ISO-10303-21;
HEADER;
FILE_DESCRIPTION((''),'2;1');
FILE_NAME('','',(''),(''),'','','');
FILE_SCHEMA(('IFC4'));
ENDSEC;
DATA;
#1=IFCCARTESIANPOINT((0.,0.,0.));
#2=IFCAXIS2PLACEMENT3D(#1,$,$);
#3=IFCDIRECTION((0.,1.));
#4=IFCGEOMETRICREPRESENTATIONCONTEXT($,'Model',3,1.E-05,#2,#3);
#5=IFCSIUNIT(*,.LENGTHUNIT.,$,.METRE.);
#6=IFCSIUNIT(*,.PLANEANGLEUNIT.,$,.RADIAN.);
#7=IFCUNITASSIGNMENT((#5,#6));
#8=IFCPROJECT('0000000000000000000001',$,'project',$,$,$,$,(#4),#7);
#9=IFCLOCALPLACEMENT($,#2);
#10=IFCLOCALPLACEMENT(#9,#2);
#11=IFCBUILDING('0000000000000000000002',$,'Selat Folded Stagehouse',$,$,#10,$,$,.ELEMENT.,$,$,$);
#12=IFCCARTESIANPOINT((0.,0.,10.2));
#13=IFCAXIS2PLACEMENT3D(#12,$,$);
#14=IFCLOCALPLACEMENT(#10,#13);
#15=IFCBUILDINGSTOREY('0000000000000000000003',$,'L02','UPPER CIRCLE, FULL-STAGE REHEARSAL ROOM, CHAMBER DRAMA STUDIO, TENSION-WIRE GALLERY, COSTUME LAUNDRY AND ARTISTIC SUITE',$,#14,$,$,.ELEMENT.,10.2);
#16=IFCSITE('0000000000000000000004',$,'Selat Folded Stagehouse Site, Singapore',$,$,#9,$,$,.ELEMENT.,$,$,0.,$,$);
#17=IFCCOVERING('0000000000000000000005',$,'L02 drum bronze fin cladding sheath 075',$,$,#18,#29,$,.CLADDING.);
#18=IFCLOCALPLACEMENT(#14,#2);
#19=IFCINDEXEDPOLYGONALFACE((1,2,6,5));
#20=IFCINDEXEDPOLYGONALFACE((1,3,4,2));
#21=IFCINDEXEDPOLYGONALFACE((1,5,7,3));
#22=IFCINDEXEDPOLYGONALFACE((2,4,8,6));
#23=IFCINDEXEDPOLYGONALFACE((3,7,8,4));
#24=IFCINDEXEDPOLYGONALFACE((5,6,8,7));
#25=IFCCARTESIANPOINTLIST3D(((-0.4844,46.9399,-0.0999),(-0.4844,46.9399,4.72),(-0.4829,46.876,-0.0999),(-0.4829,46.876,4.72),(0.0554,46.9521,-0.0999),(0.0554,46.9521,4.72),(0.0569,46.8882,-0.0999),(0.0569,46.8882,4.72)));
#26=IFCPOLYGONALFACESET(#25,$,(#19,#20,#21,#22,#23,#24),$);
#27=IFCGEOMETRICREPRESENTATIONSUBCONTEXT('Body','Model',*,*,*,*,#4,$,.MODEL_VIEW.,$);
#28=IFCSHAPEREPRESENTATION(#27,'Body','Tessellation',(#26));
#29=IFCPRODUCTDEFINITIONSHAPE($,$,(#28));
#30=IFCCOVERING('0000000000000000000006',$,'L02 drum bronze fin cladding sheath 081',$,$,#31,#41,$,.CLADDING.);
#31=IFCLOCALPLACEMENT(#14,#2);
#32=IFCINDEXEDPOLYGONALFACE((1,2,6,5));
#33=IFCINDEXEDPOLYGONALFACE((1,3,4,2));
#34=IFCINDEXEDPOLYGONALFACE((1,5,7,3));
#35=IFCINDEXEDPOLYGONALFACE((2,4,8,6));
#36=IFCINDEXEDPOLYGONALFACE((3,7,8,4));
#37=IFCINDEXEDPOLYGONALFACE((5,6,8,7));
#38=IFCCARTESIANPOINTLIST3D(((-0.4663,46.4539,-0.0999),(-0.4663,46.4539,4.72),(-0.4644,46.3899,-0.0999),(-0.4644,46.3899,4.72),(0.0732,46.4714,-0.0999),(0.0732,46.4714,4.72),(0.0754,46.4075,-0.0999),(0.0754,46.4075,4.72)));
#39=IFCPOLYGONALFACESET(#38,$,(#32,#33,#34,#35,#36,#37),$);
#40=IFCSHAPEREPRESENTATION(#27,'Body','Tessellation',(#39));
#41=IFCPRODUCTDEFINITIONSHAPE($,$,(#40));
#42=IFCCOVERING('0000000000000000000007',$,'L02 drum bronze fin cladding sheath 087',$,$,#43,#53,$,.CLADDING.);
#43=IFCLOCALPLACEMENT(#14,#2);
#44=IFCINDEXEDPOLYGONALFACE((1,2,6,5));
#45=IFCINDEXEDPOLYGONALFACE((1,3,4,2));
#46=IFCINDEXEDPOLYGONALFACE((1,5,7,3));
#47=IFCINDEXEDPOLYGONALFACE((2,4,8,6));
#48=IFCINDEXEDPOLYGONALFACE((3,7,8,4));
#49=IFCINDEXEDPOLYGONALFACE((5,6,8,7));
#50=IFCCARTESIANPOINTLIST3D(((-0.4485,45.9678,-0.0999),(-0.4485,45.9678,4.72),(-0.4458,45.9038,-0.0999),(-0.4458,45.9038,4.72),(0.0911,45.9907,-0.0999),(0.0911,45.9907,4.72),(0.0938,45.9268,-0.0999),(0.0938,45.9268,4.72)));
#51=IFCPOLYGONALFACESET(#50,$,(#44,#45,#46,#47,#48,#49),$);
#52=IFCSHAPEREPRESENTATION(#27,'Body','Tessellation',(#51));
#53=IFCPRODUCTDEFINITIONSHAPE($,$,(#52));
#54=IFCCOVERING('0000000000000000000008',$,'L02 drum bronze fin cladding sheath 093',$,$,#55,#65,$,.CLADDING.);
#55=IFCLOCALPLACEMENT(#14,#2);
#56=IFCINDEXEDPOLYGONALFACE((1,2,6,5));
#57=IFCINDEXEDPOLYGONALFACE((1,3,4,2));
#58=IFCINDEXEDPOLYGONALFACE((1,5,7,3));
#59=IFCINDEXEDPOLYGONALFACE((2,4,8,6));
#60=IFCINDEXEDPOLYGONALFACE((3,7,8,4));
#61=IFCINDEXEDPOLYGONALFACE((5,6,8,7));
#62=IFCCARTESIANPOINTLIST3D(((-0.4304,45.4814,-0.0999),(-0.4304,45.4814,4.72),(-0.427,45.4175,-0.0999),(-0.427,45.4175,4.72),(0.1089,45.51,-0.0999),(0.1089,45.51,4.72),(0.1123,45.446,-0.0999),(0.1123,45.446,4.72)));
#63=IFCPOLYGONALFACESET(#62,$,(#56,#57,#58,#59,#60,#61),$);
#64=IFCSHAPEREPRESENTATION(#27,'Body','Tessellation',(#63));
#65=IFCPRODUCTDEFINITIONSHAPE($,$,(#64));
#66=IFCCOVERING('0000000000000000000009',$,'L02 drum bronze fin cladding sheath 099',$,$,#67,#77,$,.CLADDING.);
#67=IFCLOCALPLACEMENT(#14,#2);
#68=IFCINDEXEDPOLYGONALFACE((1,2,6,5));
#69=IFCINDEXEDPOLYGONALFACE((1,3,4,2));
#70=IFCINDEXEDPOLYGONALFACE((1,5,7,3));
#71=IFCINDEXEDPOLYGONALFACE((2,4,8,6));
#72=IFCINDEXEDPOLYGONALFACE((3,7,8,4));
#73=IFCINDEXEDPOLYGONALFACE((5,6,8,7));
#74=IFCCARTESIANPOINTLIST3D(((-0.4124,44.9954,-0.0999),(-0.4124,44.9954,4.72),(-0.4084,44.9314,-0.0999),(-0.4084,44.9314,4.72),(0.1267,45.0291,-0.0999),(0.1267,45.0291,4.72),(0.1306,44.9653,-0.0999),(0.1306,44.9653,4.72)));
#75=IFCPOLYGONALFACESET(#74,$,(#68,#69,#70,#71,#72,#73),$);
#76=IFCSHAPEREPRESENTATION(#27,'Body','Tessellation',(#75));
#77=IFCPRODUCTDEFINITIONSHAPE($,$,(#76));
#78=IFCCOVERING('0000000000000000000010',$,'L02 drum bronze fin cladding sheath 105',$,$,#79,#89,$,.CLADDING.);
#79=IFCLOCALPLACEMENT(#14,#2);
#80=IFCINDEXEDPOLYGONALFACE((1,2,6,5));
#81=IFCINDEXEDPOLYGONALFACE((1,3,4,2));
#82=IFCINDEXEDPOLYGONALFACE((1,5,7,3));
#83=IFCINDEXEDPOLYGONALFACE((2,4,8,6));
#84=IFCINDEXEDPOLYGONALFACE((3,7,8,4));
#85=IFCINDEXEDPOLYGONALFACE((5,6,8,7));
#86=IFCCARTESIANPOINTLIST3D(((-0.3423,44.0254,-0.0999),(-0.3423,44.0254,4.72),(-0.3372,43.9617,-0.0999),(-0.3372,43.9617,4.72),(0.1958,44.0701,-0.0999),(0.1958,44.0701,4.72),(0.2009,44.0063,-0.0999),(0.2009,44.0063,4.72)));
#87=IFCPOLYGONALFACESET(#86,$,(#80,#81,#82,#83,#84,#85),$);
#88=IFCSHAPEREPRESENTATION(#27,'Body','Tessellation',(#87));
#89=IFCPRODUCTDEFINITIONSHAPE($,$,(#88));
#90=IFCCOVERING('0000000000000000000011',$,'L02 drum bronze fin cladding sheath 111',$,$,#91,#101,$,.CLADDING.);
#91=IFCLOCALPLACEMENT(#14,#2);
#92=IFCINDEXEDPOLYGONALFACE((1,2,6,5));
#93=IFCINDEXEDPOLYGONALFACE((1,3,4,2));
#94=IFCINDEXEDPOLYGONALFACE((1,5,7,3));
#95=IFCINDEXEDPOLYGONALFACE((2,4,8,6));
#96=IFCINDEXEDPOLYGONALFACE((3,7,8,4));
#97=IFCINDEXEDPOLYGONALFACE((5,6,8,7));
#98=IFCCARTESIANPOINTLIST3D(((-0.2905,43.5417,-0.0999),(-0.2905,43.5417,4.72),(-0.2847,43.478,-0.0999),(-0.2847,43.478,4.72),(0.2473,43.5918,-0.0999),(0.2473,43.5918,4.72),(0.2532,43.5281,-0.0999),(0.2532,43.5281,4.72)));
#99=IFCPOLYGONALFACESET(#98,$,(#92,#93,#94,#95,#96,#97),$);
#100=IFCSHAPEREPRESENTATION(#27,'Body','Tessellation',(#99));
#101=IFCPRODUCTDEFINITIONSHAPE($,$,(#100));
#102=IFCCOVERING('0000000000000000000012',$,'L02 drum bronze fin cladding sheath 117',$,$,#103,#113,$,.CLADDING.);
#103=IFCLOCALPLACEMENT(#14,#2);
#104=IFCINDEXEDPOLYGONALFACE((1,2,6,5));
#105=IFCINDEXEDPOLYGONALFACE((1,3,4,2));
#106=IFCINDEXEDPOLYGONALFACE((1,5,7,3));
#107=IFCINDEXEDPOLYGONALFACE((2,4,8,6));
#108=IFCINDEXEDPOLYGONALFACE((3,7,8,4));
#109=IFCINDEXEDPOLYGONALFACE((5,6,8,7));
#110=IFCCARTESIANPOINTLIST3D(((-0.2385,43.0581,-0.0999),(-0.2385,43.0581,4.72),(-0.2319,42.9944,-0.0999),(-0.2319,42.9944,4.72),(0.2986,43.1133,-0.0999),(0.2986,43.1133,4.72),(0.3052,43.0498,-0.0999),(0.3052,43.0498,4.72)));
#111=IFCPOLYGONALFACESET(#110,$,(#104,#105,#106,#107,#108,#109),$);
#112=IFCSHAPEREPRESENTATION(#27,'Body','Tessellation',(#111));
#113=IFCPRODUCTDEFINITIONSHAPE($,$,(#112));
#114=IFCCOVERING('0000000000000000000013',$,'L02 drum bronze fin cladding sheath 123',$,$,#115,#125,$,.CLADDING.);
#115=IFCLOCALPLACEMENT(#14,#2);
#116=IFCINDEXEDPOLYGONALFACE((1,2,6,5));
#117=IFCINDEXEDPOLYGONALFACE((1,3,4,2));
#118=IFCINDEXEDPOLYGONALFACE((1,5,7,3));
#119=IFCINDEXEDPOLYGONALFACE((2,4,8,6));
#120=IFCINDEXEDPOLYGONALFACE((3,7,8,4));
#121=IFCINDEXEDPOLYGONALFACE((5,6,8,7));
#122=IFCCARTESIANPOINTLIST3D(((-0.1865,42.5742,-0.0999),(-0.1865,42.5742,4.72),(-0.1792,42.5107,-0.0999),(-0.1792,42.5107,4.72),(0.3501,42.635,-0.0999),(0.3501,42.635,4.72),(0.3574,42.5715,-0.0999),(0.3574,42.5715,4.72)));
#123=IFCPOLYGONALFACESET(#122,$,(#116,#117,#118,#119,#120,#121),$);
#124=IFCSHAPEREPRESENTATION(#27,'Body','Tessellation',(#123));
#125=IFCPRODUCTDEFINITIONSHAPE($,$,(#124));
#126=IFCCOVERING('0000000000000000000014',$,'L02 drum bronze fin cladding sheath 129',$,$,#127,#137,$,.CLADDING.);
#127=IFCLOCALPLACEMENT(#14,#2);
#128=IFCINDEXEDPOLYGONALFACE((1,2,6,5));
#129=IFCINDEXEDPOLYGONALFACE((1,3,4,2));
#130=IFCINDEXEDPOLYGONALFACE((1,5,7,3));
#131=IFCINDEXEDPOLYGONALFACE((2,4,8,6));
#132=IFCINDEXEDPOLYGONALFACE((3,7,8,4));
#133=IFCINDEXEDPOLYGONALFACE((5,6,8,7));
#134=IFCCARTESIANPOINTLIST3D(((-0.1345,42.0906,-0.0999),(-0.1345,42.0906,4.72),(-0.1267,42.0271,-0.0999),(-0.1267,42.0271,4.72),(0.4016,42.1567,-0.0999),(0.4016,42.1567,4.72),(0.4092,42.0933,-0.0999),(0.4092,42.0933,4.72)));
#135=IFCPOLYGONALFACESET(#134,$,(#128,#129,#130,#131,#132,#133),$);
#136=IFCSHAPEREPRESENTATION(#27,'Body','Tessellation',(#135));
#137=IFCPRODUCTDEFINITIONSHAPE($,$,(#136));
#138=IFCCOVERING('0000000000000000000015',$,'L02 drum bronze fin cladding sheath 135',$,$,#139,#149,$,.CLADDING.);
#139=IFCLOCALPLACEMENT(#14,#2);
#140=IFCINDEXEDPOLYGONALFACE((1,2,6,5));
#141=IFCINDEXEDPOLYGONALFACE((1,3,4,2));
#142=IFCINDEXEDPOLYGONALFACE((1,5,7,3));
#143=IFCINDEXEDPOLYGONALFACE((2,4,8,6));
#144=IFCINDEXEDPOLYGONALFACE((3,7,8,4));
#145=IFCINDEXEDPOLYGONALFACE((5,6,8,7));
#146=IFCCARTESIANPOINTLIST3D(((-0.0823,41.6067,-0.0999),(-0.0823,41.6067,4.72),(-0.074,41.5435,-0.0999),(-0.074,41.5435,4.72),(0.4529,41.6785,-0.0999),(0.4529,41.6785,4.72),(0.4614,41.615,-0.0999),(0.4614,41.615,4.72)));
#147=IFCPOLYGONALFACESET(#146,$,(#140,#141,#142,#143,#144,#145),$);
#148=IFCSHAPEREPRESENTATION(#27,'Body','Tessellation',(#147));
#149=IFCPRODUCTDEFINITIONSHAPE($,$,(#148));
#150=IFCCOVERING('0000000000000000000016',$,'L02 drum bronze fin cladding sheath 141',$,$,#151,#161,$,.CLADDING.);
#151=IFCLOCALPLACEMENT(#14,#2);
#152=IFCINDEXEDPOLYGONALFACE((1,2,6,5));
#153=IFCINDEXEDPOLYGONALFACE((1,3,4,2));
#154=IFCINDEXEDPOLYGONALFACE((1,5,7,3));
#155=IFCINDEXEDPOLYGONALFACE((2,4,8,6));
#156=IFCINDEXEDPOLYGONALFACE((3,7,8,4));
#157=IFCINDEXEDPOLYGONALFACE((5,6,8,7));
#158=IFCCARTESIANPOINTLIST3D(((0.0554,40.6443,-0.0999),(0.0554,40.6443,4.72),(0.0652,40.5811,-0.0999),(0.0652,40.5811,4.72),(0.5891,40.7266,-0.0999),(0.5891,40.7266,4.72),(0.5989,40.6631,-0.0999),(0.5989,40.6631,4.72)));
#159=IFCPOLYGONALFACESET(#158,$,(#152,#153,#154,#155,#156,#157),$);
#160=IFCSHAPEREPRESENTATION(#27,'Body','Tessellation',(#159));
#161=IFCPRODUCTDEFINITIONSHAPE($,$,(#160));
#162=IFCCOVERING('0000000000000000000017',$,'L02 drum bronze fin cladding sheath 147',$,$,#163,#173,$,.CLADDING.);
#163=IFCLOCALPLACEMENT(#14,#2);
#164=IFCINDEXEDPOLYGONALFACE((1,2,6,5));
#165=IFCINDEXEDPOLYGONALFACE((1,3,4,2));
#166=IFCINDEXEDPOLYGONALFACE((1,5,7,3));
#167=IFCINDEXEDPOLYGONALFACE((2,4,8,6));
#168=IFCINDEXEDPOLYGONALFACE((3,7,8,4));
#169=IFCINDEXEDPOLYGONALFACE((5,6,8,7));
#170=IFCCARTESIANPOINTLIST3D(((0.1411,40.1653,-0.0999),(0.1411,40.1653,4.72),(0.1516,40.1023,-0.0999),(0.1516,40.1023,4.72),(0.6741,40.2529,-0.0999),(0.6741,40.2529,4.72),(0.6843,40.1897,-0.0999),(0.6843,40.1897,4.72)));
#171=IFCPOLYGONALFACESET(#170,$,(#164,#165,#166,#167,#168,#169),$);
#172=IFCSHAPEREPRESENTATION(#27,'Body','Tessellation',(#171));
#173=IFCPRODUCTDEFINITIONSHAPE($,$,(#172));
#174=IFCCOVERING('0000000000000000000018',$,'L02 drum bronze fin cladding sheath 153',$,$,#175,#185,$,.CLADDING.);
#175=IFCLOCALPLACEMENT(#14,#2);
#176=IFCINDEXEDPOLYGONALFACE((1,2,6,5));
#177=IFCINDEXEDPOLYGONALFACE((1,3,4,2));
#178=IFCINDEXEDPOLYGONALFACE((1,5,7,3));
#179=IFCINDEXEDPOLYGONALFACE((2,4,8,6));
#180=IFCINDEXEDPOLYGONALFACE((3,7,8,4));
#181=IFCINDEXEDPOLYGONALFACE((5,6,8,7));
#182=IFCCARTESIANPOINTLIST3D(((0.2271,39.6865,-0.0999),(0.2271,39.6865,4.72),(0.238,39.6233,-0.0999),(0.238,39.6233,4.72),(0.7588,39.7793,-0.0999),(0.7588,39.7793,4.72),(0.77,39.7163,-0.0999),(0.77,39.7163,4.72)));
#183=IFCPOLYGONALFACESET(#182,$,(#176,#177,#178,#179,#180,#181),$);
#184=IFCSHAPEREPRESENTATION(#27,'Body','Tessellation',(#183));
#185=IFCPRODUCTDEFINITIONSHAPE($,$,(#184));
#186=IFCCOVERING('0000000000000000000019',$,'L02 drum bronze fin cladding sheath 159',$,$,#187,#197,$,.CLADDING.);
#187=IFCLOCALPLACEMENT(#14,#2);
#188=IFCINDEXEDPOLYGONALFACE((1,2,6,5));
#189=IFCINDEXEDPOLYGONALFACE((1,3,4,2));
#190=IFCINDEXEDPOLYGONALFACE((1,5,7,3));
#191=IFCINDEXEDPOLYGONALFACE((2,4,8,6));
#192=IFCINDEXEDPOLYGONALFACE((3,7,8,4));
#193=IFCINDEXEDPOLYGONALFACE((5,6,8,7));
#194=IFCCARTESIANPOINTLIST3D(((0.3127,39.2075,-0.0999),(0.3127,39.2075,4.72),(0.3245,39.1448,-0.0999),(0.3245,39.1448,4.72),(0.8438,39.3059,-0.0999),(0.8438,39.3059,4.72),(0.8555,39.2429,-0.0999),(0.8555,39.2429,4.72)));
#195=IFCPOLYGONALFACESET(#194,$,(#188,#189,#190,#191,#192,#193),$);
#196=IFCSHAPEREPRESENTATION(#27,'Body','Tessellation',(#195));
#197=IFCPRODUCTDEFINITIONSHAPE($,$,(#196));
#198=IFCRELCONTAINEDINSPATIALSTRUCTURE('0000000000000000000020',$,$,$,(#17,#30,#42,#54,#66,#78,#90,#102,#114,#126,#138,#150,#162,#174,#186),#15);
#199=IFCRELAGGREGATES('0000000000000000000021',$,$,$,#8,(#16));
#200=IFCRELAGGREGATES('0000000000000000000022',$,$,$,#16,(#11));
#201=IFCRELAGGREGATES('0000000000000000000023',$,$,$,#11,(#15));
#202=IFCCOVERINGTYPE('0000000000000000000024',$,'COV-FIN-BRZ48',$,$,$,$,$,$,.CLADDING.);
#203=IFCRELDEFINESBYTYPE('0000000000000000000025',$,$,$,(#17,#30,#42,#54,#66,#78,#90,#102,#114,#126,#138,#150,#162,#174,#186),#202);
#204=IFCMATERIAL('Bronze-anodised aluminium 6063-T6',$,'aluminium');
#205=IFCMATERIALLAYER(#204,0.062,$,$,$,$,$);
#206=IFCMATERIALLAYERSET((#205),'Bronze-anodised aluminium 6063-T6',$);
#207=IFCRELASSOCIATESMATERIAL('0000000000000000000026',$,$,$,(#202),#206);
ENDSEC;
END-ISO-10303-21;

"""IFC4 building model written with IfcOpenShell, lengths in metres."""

from ifc_helpers import new_model, si_unit, direction, frame, origin, place, context, subcontext, project, spatial, polyline, outline, extrude, material, layer, layer_set, type_object, element, save


model = new_model("IFC4")

# Units and contexts
model_context = context("Model", 3, precision=1e-05, world=origin(), true_north=direction((0.0, 1.0)))
body_context = subcontext(model_context, "Body", "Model", "MODEL_VIEW")
ifc_project = project(units=[si_unit("LENGTHUNIT", "METRE"), si_unit("PLANEANGLEUNIT", "RADIAN")], contexts=[model_context])

# Site, building, storey
site_placement = place(None, origin())
site = spatial("IfcSite", under=ifc_project, at=site_placement, Name="Selat Folded Stagehouse Site, Singapore", CompositionType="ELEMENT", RefElevation=0.0)
building_placement = place(site_placement, origin())
building = spatial("IfcBuilding", under=site, at=building_placement, Name="Selat Folded Stagehouse", CompositionType="ELEMENT")
storey_placement = place(building_placement, frame((0.0, 0.0, 10.2)))
storey = spatial("IfcBuildingStorey", under=building, at=storey_placement, Name="L02", Description="UPPER CIRCLE, FULL-STAGE REHEARSAL ROOM, CHAMBER DRAMA STUDIO, TENSION-WIRE GALLERY, COSTUME LAUNDRY AND ARTISTIC SUITE", CompositionType="ELEMENT", Elevation=10.2)

# Coverings
ifc_material = material(Name="Bronze-anodised aluminium 6063-T6", Category="aluminium")
ifc_layer = layer(ifc_material, 0.062)
ifc_layer_set = layer_set([ifc_layer], Name="Bronze-anodised aluminium 6063-T6")
covering_type = type_object("IfcCoveringType", Name="COV-FIN-BRZ48", PredefinedType="CLADDING", material=ifc_layer_set)
covering_1_placement = place(storey_placement, frame((0.0, 0.0, -0.0999)))
element("IfcCovering", 1, at=covering_1_placement, inside=storey, type_object=covering_type, Name="L02 drum bronze fin cladding sheath 075", PredefinedType="CLADDING", context=body_context, shape_type="SweptSolid", body=[
    extrude(outline(polyline([(0.0554, 46.9521), (-0.4844, 46.9399), (-0.4829, 46.876), (0.0569, 46.8882), (0.0554, 46.9521)])), origin(), (0.0, 0.0, 1.0), 4.8198),
])
covering_2_placement = place(storey_placement, frame((0.0, 0.0, -0.0999)))
element("IfcCovering", 2, at=covering_2_placement, inside=storey, type_object=covering_type, Name="L02 drum bronze fin cladding sheath 081", PredefinedType="CLADDING", context=body_context, shape_type="SweptSolid", body=[
    extrude(outline(polyline([(0.0732, 46.4714), (-0.4663, 46.4539), (-0.4644, 46.3899), (0.0754, 46.4075), (0.0732, 46.4714)])), origin(), (0.0, 0.0, 1.0), 4.8198),
])
covering_3_placement = place(storey_placement, frame((0.0, 0.0, -0.0999)))
element("IfcCovering", 3, at=covering_3_placement, inside=storey, type_object=covering_type, Name="L02 drum bronze fin cladding sheath 087", PredefinedType="CLADDING", context=body_context, shape_type="SweptSolid", body=[
    extrude(outline(polyline([(0.0911, 45.9907), (-0.4485, 45.9678), (-0.4458, 45.9038), (0.0938, 45.9268), (0.0911, 45.9907)])), origin(), (0.0, 0.0, 1.0), 4.8198),
])
covering_4_placement = place(storey_placement, frame((0.0, 0.0, -0.0999)))
element("IfcCovering", 4, at=covering_4_placement, inside=storey, type_object=covering_type, Name="L02 drum bronze fin cladding sheath 093", PredefinedType="CLADDING", context=body_context, shape_type="SweptSolid", body=[
    extrude(outline(polyline([(0.1089, 45.51), (-0.4304, 45.4814), (-0.427, 45.4175), (0.1123, 45.446), (0.1089, 45.51)])), origin(), (0.0, 0.0, 1.0), 4.8198),
])
covering_5_placement = place(storey_placement, frame((0.0, 0.0, -0.0999)))
element("IfcCovering", 5, at=covering_5_placement, inside=storey, type_object=covering_type, Name="L02 drum bronze fin cladding sheath 099", PredefinedType="CLADDING", context=body_context, shape_type="SweptSolid", body=[
    extrude(outline(polyline([(0.1267, 45.0291), (-0.4124, 44.9954), (-0.4084, 44.9314), (0.1306, 44.9653), (0.1267, 45.0291)])), origin(), (0.0, 0.0, 1.0), 4.8198),
])
covering_6_placement = place(storey_placement, frame((0.0, 0.0, -0.0999)))
element("IfcCovering", 6, at=covering_6_placement, inside=storey, type_object=covering_type, Name="L02 drum bronze fin cladding sheath 105", PredefinedType="CLADDING", context=body_context, shape_type="SweptSolid", body=[
    extrude(outline(polyline([(0.1958, 44.0701), (-0.3423, 44.0254), (-0.3372, 43.9617), (0.2009, 44.0063), (0.1958, 44.0701)])), origin(), (0.0, 0.0, 1.0), 4.8198),
])
covering_7_placement = place(storey_placement, frame((0.0, 0.0, -0.0999)))
element("IfcCovering", 7, at=covering_7_placement, inside=storey, type_object=covering_type, Name="L02 drum bronze fin cladding sheath 111", PredefinedType="CLADDING", context=body_context, shape_type="SweptSolid", body=[
    extrude(outline(polyline([(0.2473, 43.5918), (-0.2905, 43.5417), (-0.2847, 43.478), (0.2532, 43.5281), (0.2473, 43.5918)])), origin(), (0.0, 0.0, 1.0), 4.8198),
])
covering_8_placement = place(storey_placement, frame((0.0, 0.0, -0.0999)))
element("IfcCovering", 8, at=covering_8_placement, inside=storey, type_object=covering_type, Name="L02 drum bronze fin cladding sheath 117", PredefinedType="CLADDING", context=body_context, shape_type="SweptSolid", body=[
    extrude(outline(polyline([(0.2986, 43.1133), (-0.2385, 43.0581), (-0.2319, 42.9944), (0.3052, 43.0498), (0.2986, 43.1133)])), origin(), (0.0, 0.0, 1.0), 4.8198),
])
covering_9_placement = place(storey_placement, frame((0.0, 0.0, -0.0999)))
element("IfcCovering", 9, at=covering_9_placement, inside=storey, type_object=covering_type, Name="L02 drum bronze fin cladding sheath 123", PredefinedType="CLADDING", context=body_context, shape_type="SweptSolid", body=[
    extrude(outline(polyline([(0.3501, 42.635), (-0.1865, 42.5742), (-0.1792, 42.5107), (0.3574, 42.5715), (0.3501, 42.635)])), origin(), (0.0, 0.0, 1.0), 4.8198),
])
covering_10_placement = place(storey_placement, frame((0.0, 0.0, -0.0999)))
element("IfcCovering", 10, at=covering_10_placement, inside=storey, type_object=covering_type, Name="L02 drum bronze fin cladding sheath 129", PredefinedType="CLADDING", context=body_context, shape_type="SweptSolid", body=[
    extrude(outline(polyline([(0.4016, 42.1567), (-0.1345, 42.0906), (-0.1267, 42.0271), (0.4092, 42.0933), (0.4016, 42.1567)])), origin(), (0.0, 0.0, 1.0), 4.8198),
])
covering_11_placement = place(storey_placement, frame((0.0, 0.0, -0.0999)))
element("IfcCovering", 11, at=covering_11_placement, inside=storey, type_object=covering_type, Name="L02 drum bronze fin cladding sheath 135", PredefinedType="CLADDING", context=body_context, shape_type="SweptSolid", body=[
    extrude(outline(polyline([(0.4529, 41.6785), (-0.0823, 41.6067), (-0.074, 41.5435), (0.4614, 41.615), (0.4529, 41.6785)])), origin(), (0.0, 0.0, 1.0), 4.8198),
])
covering_12_placement = place(storey_placement, frame((0.0, 0.0, -0.0999)))
element("IfcCovering", 12, at=covering_12_placement, inside=storey, type_object=covering_type, Name="L02 drum bronze fin cladding sheath 141", PredefinedType="CLADDING", context=body_context, shape_type="SweptSolid", body=[
    extrude(outline(polyline([(0.5891, 40.7266), (0.0554, 40.6443), (0.0652, 40.5811), (0.5989, 40.6631), (0.5891, 40.7266)])), origin(), (0.0, 0.0, 1.0), 4.8198),
])
covering_13_placement = place(storey_placement, frame((0.0, 0.0, -0.0999)))
element("IfcCovering", 13, at=covering_13_placement, inside=storey, type_object=covering_type, Name="L02 drum bronze fin cladding sheath 147", PredefinedType="CLADDING", context=body_context, shape_type="SweptSolid", body=[
    extrude(outline(polyline([(0.6741, 40.2529), (0.1411, 40.1653), (0.1516, 40.1023), (0.6843, 40.1897), (0.6741, 40.2529)])), origin(), (0.0, 0.0, 1.0), 4.8198),
])
covering_14_placement = place(storey_placement, frame((0.0, 0.0, -0.0999)))
element("IfcCovering", 14, at=covering_14_placement, inside=storey, type_object=covering_type, Name="L02 drum bronze fin cladding sheath 153", PredefinedType="CLADDING", context=body_context, shape_type="SweptSolid", body=[
    extrude(outline(polyline([(0.7588, 39.7793), (0.2271, 39.6865), (0.238, 39.6233), (0.77, 39.7163), (0.7588, 39.7793)])), origin(), (0.0, 0.0, 1.0), 4.8198),
])
covering_15_placement = place(storey_placement, frame((0.0, 0.0, -0.0999)))
element("IfcCovering", 15, at=covering_15_placement, inside=storey, type_object=covering_type, Name="L02 drum bronze fin cladding sheath 159", PredefinedType="CLADDING", context=body_context, shape_type="SweptSolid", body=[
    extrude(outline(polyline([(0.8438, 39.3059), (0.3127, 39.2075), (0.3245, 39.1448), (0.8555, 39.2429), (0.8438, 39.3059)])), origin(), (0.0, 0.0, 1.0), 4.8198),
])

save(model, "model.ifc")
